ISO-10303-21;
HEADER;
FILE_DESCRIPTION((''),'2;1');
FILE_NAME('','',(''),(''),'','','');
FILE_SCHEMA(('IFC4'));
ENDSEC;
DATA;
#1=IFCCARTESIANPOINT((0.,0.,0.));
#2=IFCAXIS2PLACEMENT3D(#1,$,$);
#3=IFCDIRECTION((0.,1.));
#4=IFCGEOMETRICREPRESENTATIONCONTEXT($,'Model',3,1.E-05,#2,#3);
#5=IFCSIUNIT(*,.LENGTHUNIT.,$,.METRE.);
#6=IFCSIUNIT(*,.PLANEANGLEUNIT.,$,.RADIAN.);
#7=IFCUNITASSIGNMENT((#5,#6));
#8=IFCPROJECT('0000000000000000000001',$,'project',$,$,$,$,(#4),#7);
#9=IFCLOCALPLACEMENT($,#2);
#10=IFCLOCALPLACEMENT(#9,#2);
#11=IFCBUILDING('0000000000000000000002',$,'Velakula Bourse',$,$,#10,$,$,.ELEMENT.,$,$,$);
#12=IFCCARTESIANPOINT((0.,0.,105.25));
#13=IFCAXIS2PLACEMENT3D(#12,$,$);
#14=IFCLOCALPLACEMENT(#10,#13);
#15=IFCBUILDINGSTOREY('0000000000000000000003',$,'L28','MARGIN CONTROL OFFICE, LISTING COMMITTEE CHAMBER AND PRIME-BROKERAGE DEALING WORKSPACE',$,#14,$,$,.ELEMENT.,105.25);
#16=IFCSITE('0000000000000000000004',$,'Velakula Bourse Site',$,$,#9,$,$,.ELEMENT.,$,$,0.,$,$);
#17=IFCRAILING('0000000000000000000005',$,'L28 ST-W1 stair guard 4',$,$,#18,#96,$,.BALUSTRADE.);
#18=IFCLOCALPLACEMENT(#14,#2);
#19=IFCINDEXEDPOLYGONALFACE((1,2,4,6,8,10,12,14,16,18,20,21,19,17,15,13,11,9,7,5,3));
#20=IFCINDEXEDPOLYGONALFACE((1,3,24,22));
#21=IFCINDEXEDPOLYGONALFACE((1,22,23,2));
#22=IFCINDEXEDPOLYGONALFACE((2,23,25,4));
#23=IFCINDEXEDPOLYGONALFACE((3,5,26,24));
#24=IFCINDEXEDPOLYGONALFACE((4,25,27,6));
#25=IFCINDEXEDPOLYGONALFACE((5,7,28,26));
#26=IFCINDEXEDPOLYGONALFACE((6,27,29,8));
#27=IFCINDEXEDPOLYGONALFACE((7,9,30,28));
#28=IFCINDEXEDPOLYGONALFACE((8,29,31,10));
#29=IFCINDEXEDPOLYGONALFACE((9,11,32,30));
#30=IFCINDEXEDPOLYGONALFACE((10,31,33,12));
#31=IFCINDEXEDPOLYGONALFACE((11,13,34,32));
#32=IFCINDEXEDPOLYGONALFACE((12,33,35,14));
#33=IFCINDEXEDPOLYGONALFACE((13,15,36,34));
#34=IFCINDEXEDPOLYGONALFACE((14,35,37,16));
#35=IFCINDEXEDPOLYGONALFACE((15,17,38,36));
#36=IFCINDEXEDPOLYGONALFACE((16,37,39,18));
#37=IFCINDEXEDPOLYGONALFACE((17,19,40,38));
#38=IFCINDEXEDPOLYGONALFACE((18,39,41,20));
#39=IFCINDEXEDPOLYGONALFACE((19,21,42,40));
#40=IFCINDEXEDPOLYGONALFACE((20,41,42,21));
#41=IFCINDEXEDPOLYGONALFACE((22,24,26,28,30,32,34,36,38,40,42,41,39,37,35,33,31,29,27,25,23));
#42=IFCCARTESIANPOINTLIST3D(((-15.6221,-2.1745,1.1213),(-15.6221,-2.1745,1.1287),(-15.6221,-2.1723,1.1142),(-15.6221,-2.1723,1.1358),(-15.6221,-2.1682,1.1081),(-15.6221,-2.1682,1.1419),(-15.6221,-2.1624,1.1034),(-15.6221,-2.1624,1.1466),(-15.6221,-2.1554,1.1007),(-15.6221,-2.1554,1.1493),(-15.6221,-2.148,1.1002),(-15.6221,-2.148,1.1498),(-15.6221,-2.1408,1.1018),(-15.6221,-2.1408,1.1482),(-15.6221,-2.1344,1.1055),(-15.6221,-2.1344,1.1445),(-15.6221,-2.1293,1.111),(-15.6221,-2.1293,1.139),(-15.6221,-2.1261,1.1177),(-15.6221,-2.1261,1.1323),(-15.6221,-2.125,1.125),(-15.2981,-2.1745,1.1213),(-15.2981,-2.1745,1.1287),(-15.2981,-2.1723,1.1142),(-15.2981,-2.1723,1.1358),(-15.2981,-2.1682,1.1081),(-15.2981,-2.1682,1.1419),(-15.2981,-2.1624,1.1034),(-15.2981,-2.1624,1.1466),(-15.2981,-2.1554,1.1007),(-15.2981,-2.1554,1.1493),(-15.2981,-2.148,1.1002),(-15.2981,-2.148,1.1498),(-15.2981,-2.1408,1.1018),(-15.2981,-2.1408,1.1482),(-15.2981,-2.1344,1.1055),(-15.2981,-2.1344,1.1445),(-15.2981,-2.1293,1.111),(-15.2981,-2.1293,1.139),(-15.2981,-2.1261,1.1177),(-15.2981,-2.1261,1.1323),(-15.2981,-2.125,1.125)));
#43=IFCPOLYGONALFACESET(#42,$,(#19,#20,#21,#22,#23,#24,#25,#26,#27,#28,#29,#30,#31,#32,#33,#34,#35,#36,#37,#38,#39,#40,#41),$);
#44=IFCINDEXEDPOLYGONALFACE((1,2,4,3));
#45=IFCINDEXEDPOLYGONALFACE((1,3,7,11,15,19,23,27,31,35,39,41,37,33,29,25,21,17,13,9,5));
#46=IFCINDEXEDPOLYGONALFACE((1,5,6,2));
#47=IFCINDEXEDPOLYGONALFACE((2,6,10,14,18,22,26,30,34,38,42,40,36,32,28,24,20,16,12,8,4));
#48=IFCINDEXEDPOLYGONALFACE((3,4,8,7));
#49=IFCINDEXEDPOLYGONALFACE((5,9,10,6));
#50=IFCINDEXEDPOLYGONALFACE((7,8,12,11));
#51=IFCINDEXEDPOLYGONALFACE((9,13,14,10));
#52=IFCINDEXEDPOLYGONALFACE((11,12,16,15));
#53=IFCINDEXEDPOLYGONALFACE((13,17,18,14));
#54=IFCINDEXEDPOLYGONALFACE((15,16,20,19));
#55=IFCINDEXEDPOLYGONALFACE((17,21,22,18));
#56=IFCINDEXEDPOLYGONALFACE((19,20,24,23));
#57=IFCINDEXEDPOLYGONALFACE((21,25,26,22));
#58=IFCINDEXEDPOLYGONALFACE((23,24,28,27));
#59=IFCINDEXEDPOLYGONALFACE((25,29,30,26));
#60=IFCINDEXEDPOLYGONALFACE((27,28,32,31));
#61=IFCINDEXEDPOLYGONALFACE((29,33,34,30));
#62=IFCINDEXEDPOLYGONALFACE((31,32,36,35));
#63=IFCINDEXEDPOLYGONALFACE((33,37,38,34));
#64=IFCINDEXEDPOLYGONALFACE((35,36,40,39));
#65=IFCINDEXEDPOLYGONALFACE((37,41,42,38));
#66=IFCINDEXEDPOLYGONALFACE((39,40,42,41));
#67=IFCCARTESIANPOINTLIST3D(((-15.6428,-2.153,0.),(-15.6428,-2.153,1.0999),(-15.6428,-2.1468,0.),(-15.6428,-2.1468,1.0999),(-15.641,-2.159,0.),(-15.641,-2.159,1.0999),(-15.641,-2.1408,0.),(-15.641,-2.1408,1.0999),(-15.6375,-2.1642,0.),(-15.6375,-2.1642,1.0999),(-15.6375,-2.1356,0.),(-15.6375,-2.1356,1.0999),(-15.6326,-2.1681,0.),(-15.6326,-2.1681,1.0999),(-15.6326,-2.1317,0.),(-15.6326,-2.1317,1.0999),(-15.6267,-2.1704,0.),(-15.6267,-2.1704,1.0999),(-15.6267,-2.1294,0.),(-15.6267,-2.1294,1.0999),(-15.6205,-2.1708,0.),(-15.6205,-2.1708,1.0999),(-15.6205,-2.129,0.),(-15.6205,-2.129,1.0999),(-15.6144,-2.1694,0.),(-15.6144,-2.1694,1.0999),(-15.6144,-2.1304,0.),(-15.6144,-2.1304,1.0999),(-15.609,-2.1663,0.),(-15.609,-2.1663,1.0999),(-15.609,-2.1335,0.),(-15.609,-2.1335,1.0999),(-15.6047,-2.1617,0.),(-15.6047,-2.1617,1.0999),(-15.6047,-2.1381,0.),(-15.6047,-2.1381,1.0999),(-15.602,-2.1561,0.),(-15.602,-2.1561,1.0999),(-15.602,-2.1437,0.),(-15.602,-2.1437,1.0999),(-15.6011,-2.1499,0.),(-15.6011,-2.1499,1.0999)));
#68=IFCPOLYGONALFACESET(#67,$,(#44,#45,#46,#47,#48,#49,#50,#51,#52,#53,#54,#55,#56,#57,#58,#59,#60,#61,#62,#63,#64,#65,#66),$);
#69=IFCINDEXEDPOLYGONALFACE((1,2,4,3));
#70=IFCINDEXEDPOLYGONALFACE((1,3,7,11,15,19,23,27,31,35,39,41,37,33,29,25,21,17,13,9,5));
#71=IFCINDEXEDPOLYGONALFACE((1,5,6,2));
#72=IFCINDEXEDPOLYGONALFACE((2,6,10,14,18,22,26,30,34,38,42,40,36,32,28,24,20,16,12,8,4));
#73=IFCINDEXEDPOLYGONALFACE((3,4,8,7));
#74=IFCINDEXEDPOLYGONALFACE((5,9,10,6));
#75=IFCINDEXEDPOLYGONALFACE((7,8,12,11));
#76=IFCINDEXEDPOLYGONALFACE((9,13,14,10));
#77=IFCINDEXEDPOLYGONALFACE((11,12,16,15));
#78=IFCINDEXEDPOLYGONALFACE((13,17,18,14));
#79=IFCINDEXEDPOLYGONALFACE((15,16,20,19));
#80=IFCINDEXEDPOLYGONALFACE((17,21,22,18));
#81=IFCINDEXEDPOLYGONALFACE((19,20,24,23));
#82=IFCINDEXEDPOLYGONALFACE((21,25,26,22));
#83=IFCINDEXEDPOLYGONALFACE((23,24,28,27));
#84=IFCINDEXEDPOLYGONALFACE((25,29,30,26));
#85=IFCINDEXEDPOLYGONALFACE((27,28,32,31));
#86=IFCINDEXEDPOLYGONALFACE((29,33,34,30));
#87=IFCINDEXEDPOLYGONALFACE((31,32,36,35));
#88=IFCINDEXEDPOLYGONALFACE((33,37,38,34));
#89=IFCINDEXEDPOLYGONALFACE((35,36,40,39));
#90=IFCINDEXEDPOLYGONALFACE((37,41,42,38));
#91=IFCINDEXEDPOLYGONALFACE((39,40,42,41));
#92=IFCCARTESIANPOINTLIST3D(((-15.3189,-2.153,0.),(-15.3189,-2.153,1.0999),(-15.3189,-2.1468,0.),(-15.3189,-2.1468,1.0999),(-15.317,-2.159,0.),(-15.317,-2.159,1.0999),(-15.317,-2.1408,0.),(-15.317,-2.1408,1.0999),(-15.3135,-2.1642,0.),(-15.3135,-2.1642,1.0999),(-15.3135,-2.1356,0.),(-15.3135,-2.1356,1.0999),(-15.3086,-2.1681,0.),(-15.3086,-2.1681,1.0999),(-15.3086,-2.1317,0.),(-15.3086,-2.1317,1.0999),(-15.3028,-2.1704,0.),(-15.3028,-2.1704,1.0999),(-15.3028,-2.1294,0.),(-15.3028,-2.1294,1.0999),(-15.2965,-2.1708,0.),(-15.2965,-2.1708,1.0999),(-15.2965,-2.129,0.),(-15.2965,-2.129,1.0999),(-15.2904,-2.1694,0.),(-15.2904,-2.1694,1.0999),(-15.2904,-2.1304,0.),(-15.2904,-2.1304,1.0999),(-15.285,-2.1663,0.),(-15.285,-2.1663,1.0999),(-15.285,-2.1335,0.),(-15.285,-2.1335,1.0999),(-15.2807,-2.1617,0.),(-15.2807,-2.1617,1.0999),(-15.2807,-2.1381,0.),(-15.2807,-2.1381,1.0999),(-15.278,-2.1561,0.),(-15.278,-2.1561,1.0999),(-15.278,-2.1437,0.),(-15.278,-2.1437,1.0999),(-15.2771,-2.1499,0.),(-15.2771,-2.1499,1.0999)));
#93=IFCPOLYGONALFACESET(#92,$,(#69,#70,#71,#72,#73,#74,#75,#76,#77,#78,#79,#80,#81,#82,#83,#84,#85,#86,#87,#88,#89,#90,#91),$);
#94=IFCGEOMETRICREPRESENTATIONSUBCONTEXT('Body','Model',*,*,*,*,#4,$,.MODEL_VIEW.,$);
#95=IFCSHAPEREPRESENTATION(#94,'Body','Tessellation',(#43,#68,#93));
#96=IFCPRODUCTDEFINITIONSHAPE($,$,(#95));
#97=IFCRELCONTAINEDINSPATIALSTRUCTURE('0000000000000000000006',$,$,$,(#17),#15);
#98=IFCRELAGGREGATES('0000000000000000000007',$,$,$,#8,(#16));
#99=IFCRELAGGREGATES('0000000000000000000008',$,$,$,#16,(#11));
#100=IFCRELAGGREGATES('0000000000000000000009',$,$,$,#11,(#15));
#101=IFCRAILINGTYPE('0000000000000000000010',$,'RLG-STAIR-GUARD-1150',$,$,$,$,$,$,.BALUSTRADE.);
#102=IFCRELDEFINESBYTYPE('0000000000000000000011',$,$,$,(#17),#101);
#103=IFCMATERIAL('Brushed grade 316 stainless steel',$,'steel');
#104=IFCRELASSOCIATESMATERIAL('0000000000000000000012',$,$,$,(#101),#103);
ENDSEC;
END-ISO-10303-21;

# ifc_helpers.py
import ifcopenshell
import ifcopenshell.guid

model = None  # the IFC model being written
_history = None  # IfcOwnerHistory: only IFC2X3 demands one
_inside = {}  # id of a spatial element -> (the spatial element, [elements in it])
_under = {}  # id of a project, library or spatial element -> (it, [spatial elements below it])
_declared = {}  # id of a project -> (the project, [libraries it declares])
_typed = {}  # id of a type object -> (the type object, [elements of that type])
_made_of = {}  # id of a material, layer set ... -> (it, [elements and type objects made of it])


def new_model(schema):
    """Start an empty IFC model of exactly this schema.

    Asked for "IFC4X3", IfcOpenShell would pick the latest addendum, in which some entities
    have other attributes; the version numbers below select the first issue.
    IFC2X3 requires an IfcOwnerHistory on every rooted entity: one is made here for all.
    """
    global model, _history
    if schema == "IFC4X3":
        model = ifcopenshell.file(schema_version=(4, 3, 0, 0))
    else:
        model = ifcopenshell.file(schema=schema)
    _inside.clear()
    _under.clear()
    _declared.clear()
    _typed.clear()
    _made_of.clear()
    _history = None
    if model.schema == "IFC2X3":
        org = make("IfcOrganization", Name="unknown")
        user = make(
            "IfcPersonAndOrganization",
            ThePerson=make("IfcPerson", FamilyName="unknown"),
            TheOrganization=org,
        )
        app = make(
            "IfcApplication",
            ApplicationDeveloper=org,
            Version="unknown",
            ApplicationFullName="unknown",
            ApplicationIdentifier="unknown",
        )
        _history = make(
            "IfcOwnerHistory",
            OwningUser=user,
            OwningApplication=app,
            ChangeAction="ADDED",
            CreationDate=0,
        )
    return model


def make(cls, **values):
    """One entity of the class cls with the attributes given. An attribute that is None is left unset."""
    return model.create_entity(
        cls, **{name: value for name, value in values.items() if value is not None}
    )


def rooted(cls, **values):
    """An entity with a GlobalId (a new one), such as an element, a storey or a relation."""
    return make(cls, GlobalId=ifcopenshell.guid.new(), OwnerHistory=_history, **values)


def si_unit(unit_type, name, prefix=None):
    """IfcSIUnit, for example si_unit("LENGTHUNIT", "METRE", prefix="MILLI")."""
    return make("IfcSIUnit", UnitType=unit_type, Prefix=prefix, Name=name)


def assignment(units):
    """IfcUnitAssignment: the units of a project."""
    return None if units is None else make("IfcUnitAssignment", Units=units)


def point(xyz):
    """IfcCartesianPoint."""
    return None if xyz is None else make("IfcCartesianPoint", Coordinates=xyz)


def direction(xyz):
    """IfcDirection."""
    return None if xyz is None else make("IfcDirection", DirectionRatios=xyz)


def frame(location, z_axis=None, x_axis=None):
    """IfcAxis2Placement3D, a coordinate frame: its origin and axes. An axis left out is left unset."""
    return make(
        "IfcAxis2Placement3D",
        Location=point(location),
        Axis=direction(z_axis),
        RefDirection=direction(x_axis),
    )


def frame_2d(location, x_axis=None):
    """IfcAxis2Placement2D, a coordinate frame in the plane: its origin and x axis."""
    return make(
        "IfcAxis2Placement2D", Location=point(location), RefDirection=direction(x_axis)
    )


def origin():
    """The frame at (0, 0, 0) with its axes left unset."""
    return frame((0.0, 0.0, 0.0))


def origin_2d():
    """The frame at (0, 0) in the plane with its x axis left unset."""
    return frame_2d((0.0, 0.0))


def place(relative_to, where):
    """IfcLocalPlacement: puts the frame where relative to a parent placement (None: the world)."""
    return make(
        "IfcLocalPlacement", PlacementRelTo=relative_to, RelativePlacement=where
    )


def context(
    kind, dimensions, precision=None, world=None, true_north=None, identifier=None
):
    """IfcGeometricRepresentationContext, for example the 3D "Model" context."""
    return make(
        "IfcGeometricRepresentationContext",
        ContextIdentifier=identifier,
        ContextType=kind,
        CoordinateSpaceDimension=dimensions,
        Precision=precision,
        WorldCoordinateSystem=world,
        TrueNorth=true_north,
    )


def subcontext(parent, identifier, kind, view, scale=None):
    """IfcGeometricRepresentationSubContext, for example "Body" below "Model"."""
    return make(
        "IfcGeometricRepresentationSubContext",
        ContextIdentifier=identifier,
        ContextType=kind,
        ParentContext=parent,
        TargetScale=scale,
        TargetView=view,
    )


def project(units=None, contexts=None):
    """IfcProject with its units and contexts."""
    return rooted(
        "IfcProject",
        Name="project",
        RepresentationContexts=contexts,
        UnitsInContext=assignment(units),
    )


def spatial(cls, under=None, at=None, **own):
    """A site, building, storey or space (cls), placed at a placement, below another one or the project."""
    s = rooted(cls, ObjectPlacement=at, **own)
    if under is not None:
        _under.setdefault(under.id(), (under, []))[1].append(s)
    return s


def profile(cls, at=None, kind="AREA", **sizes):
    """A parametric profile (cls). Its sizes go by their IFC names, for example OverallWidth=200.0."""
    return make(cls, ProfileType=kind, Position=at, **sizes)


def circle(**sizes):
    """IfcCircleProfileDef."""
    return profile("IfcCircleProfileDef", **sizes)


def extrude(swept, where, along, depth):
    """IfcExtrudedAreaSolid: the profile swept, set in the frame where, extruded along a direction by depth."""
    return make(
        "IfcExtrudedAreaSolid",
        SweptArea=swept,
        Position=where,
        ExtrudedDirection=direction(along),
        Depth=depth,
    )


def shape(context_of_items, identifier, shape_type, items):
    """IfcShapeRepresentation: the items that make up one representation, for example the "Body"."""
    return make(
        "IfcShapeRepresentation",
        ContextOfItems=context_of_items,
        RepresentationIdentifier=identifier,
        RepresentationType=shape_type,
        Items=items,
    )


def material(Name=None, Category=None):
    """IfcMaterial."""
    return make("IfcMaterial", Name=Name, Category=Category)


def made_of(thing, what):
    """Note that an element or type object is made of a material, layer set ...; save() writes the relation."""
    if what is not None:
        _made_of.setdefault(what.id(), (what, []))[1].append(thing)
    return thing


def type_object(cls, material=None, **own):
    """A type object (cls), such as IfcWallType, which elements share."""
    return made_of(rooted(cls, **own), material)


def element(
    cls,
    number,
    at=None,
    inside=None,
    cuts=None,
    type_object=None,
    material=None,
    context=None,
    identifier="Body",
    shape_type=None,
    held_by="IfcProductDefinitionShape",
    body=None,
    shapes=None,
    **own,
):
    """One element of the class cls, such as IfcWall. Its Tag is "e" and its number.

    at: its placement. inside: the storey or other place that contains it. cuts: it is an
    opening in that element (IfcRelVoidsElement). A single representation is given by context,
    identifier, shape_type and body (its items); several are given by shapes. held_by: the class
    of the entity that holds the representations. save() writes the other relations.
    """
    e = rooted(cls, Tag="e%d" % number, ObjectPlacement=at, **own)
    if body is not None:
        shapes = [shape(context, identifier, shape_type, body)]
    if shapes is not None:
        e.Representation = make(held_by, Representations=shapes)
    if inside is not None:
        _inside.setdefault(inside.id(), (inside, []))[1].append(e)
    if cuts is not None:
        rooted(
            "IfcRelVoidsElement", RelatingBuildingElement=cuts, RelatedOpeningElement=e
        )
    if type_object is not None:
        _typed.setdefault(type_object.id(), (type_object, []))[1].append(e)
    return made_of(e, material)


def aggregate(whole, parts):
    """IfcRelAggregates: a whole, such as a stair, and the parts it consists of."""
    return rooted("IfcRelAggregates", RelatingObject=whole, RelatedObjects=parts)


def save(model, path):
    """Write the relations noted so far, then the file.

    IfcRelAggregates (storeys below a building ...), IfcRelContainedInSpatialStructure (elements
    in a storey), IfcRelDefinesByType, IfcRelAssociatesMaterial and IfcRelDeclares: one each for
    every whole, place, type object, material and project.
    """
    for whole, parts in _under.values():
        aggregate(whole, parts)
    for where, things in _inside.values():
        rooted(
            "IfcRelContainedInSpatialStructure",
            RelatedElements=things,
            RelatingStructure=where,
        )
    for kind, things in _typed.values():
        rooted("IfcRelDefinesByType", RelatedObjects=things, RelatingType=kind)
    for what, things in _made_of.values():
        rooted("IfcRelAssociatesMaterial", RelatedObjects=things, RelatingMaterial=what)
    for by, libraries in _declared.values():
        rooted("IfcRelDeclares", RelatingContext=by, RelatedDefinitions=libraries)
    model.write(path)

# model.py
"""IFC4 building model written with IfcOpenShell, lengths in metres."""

from ifc_helpers import new_model, si_unit, direction, frame, origin, origin_2d, place, context, subcontext, project, spatial, circle, extrude, material, type_object, element, save


model = new_model("IFC4")

# Units and contexts
model_context = context("Model", 3, precision=1e-05, world=origin(), true_north=direction((0.0, 1.0)))
body_context = subcontext(model_context, "Body", "Model", "MODEL_VIEW")
ifc_project = project(units=[si_unit("LENGTHUNIT", "METRE"), si_unit("PLANEANGLEUNIT", "RADIAN")], contexts=[model_context])

# Site, building, storey
site_placement = place(None, origin())
site = spatial("IfcSite", under=ifc_project, at=site_placement, Name="Velakula Bourse Site", CompositionType="ELEMENT", RefElevation=0.0)
building_placement = place(site_placement, origin())
building = spatial("IfcBuilding", under=site, at=building_placement, Name="Velakula Bourse", CompositionType="ELEMENT")
storey_placement = place(building_placement, frame((0.0, 0.0, 105.25)))
storey = spatial("IfcBuildingStorey", under=building, at=storey_placement, Name="L28", Description="MARGIN CONTROL OFFICE, LISTING COMMITTEE CHAMBER AND PRIME-BROKERAGE DEALING WORKSPACE", CompositionType="ELEMENT", Elevation=105.25)

# Shared definitions
ifc_material_1 = material(Name="Brushed grade 316 stainless steel", Category="steel")

# Railing
railing_type_1 = type_object("IfcRailingType", Name="RLG-STAIR-GUARD-1150", PredefinedType="BALUSTRADE", material=ifc_material_1)
railing_1_placement = place(storey_placement, frame((-15.6221, -2.1499, 0.0)))
element("IfcRailing", 1, at=railing_1_placement, inside=storey, type_object=railing_type_1, Name="L28 ST-W1 stair guard 4", PredefinedType="BALUSTRADE", context=body_context, shape_type="SweptSolid", body=[
    extrude(circle(Radius=0.0249, at=origin_2d()), frame((0.0, 0.0, 1.125), z_axis=(1.0, 0.0, 0.0), x_axis=(0.0, 1.0, 0.0)), (0.0, 0.0, 1.0), 0.324),
    extrude(circle(Radius=0.021, at=origin_2d()), origin(), (0.0, 0.0, 1.0), 1.0999),
    extrude(circle(Radius=0.021, at=origin_2d()), frame((0.324, 0.0, 0.0)), (0.0, 0.0, 1.0), 1.0999),
])

save(model, "model.ifc")
